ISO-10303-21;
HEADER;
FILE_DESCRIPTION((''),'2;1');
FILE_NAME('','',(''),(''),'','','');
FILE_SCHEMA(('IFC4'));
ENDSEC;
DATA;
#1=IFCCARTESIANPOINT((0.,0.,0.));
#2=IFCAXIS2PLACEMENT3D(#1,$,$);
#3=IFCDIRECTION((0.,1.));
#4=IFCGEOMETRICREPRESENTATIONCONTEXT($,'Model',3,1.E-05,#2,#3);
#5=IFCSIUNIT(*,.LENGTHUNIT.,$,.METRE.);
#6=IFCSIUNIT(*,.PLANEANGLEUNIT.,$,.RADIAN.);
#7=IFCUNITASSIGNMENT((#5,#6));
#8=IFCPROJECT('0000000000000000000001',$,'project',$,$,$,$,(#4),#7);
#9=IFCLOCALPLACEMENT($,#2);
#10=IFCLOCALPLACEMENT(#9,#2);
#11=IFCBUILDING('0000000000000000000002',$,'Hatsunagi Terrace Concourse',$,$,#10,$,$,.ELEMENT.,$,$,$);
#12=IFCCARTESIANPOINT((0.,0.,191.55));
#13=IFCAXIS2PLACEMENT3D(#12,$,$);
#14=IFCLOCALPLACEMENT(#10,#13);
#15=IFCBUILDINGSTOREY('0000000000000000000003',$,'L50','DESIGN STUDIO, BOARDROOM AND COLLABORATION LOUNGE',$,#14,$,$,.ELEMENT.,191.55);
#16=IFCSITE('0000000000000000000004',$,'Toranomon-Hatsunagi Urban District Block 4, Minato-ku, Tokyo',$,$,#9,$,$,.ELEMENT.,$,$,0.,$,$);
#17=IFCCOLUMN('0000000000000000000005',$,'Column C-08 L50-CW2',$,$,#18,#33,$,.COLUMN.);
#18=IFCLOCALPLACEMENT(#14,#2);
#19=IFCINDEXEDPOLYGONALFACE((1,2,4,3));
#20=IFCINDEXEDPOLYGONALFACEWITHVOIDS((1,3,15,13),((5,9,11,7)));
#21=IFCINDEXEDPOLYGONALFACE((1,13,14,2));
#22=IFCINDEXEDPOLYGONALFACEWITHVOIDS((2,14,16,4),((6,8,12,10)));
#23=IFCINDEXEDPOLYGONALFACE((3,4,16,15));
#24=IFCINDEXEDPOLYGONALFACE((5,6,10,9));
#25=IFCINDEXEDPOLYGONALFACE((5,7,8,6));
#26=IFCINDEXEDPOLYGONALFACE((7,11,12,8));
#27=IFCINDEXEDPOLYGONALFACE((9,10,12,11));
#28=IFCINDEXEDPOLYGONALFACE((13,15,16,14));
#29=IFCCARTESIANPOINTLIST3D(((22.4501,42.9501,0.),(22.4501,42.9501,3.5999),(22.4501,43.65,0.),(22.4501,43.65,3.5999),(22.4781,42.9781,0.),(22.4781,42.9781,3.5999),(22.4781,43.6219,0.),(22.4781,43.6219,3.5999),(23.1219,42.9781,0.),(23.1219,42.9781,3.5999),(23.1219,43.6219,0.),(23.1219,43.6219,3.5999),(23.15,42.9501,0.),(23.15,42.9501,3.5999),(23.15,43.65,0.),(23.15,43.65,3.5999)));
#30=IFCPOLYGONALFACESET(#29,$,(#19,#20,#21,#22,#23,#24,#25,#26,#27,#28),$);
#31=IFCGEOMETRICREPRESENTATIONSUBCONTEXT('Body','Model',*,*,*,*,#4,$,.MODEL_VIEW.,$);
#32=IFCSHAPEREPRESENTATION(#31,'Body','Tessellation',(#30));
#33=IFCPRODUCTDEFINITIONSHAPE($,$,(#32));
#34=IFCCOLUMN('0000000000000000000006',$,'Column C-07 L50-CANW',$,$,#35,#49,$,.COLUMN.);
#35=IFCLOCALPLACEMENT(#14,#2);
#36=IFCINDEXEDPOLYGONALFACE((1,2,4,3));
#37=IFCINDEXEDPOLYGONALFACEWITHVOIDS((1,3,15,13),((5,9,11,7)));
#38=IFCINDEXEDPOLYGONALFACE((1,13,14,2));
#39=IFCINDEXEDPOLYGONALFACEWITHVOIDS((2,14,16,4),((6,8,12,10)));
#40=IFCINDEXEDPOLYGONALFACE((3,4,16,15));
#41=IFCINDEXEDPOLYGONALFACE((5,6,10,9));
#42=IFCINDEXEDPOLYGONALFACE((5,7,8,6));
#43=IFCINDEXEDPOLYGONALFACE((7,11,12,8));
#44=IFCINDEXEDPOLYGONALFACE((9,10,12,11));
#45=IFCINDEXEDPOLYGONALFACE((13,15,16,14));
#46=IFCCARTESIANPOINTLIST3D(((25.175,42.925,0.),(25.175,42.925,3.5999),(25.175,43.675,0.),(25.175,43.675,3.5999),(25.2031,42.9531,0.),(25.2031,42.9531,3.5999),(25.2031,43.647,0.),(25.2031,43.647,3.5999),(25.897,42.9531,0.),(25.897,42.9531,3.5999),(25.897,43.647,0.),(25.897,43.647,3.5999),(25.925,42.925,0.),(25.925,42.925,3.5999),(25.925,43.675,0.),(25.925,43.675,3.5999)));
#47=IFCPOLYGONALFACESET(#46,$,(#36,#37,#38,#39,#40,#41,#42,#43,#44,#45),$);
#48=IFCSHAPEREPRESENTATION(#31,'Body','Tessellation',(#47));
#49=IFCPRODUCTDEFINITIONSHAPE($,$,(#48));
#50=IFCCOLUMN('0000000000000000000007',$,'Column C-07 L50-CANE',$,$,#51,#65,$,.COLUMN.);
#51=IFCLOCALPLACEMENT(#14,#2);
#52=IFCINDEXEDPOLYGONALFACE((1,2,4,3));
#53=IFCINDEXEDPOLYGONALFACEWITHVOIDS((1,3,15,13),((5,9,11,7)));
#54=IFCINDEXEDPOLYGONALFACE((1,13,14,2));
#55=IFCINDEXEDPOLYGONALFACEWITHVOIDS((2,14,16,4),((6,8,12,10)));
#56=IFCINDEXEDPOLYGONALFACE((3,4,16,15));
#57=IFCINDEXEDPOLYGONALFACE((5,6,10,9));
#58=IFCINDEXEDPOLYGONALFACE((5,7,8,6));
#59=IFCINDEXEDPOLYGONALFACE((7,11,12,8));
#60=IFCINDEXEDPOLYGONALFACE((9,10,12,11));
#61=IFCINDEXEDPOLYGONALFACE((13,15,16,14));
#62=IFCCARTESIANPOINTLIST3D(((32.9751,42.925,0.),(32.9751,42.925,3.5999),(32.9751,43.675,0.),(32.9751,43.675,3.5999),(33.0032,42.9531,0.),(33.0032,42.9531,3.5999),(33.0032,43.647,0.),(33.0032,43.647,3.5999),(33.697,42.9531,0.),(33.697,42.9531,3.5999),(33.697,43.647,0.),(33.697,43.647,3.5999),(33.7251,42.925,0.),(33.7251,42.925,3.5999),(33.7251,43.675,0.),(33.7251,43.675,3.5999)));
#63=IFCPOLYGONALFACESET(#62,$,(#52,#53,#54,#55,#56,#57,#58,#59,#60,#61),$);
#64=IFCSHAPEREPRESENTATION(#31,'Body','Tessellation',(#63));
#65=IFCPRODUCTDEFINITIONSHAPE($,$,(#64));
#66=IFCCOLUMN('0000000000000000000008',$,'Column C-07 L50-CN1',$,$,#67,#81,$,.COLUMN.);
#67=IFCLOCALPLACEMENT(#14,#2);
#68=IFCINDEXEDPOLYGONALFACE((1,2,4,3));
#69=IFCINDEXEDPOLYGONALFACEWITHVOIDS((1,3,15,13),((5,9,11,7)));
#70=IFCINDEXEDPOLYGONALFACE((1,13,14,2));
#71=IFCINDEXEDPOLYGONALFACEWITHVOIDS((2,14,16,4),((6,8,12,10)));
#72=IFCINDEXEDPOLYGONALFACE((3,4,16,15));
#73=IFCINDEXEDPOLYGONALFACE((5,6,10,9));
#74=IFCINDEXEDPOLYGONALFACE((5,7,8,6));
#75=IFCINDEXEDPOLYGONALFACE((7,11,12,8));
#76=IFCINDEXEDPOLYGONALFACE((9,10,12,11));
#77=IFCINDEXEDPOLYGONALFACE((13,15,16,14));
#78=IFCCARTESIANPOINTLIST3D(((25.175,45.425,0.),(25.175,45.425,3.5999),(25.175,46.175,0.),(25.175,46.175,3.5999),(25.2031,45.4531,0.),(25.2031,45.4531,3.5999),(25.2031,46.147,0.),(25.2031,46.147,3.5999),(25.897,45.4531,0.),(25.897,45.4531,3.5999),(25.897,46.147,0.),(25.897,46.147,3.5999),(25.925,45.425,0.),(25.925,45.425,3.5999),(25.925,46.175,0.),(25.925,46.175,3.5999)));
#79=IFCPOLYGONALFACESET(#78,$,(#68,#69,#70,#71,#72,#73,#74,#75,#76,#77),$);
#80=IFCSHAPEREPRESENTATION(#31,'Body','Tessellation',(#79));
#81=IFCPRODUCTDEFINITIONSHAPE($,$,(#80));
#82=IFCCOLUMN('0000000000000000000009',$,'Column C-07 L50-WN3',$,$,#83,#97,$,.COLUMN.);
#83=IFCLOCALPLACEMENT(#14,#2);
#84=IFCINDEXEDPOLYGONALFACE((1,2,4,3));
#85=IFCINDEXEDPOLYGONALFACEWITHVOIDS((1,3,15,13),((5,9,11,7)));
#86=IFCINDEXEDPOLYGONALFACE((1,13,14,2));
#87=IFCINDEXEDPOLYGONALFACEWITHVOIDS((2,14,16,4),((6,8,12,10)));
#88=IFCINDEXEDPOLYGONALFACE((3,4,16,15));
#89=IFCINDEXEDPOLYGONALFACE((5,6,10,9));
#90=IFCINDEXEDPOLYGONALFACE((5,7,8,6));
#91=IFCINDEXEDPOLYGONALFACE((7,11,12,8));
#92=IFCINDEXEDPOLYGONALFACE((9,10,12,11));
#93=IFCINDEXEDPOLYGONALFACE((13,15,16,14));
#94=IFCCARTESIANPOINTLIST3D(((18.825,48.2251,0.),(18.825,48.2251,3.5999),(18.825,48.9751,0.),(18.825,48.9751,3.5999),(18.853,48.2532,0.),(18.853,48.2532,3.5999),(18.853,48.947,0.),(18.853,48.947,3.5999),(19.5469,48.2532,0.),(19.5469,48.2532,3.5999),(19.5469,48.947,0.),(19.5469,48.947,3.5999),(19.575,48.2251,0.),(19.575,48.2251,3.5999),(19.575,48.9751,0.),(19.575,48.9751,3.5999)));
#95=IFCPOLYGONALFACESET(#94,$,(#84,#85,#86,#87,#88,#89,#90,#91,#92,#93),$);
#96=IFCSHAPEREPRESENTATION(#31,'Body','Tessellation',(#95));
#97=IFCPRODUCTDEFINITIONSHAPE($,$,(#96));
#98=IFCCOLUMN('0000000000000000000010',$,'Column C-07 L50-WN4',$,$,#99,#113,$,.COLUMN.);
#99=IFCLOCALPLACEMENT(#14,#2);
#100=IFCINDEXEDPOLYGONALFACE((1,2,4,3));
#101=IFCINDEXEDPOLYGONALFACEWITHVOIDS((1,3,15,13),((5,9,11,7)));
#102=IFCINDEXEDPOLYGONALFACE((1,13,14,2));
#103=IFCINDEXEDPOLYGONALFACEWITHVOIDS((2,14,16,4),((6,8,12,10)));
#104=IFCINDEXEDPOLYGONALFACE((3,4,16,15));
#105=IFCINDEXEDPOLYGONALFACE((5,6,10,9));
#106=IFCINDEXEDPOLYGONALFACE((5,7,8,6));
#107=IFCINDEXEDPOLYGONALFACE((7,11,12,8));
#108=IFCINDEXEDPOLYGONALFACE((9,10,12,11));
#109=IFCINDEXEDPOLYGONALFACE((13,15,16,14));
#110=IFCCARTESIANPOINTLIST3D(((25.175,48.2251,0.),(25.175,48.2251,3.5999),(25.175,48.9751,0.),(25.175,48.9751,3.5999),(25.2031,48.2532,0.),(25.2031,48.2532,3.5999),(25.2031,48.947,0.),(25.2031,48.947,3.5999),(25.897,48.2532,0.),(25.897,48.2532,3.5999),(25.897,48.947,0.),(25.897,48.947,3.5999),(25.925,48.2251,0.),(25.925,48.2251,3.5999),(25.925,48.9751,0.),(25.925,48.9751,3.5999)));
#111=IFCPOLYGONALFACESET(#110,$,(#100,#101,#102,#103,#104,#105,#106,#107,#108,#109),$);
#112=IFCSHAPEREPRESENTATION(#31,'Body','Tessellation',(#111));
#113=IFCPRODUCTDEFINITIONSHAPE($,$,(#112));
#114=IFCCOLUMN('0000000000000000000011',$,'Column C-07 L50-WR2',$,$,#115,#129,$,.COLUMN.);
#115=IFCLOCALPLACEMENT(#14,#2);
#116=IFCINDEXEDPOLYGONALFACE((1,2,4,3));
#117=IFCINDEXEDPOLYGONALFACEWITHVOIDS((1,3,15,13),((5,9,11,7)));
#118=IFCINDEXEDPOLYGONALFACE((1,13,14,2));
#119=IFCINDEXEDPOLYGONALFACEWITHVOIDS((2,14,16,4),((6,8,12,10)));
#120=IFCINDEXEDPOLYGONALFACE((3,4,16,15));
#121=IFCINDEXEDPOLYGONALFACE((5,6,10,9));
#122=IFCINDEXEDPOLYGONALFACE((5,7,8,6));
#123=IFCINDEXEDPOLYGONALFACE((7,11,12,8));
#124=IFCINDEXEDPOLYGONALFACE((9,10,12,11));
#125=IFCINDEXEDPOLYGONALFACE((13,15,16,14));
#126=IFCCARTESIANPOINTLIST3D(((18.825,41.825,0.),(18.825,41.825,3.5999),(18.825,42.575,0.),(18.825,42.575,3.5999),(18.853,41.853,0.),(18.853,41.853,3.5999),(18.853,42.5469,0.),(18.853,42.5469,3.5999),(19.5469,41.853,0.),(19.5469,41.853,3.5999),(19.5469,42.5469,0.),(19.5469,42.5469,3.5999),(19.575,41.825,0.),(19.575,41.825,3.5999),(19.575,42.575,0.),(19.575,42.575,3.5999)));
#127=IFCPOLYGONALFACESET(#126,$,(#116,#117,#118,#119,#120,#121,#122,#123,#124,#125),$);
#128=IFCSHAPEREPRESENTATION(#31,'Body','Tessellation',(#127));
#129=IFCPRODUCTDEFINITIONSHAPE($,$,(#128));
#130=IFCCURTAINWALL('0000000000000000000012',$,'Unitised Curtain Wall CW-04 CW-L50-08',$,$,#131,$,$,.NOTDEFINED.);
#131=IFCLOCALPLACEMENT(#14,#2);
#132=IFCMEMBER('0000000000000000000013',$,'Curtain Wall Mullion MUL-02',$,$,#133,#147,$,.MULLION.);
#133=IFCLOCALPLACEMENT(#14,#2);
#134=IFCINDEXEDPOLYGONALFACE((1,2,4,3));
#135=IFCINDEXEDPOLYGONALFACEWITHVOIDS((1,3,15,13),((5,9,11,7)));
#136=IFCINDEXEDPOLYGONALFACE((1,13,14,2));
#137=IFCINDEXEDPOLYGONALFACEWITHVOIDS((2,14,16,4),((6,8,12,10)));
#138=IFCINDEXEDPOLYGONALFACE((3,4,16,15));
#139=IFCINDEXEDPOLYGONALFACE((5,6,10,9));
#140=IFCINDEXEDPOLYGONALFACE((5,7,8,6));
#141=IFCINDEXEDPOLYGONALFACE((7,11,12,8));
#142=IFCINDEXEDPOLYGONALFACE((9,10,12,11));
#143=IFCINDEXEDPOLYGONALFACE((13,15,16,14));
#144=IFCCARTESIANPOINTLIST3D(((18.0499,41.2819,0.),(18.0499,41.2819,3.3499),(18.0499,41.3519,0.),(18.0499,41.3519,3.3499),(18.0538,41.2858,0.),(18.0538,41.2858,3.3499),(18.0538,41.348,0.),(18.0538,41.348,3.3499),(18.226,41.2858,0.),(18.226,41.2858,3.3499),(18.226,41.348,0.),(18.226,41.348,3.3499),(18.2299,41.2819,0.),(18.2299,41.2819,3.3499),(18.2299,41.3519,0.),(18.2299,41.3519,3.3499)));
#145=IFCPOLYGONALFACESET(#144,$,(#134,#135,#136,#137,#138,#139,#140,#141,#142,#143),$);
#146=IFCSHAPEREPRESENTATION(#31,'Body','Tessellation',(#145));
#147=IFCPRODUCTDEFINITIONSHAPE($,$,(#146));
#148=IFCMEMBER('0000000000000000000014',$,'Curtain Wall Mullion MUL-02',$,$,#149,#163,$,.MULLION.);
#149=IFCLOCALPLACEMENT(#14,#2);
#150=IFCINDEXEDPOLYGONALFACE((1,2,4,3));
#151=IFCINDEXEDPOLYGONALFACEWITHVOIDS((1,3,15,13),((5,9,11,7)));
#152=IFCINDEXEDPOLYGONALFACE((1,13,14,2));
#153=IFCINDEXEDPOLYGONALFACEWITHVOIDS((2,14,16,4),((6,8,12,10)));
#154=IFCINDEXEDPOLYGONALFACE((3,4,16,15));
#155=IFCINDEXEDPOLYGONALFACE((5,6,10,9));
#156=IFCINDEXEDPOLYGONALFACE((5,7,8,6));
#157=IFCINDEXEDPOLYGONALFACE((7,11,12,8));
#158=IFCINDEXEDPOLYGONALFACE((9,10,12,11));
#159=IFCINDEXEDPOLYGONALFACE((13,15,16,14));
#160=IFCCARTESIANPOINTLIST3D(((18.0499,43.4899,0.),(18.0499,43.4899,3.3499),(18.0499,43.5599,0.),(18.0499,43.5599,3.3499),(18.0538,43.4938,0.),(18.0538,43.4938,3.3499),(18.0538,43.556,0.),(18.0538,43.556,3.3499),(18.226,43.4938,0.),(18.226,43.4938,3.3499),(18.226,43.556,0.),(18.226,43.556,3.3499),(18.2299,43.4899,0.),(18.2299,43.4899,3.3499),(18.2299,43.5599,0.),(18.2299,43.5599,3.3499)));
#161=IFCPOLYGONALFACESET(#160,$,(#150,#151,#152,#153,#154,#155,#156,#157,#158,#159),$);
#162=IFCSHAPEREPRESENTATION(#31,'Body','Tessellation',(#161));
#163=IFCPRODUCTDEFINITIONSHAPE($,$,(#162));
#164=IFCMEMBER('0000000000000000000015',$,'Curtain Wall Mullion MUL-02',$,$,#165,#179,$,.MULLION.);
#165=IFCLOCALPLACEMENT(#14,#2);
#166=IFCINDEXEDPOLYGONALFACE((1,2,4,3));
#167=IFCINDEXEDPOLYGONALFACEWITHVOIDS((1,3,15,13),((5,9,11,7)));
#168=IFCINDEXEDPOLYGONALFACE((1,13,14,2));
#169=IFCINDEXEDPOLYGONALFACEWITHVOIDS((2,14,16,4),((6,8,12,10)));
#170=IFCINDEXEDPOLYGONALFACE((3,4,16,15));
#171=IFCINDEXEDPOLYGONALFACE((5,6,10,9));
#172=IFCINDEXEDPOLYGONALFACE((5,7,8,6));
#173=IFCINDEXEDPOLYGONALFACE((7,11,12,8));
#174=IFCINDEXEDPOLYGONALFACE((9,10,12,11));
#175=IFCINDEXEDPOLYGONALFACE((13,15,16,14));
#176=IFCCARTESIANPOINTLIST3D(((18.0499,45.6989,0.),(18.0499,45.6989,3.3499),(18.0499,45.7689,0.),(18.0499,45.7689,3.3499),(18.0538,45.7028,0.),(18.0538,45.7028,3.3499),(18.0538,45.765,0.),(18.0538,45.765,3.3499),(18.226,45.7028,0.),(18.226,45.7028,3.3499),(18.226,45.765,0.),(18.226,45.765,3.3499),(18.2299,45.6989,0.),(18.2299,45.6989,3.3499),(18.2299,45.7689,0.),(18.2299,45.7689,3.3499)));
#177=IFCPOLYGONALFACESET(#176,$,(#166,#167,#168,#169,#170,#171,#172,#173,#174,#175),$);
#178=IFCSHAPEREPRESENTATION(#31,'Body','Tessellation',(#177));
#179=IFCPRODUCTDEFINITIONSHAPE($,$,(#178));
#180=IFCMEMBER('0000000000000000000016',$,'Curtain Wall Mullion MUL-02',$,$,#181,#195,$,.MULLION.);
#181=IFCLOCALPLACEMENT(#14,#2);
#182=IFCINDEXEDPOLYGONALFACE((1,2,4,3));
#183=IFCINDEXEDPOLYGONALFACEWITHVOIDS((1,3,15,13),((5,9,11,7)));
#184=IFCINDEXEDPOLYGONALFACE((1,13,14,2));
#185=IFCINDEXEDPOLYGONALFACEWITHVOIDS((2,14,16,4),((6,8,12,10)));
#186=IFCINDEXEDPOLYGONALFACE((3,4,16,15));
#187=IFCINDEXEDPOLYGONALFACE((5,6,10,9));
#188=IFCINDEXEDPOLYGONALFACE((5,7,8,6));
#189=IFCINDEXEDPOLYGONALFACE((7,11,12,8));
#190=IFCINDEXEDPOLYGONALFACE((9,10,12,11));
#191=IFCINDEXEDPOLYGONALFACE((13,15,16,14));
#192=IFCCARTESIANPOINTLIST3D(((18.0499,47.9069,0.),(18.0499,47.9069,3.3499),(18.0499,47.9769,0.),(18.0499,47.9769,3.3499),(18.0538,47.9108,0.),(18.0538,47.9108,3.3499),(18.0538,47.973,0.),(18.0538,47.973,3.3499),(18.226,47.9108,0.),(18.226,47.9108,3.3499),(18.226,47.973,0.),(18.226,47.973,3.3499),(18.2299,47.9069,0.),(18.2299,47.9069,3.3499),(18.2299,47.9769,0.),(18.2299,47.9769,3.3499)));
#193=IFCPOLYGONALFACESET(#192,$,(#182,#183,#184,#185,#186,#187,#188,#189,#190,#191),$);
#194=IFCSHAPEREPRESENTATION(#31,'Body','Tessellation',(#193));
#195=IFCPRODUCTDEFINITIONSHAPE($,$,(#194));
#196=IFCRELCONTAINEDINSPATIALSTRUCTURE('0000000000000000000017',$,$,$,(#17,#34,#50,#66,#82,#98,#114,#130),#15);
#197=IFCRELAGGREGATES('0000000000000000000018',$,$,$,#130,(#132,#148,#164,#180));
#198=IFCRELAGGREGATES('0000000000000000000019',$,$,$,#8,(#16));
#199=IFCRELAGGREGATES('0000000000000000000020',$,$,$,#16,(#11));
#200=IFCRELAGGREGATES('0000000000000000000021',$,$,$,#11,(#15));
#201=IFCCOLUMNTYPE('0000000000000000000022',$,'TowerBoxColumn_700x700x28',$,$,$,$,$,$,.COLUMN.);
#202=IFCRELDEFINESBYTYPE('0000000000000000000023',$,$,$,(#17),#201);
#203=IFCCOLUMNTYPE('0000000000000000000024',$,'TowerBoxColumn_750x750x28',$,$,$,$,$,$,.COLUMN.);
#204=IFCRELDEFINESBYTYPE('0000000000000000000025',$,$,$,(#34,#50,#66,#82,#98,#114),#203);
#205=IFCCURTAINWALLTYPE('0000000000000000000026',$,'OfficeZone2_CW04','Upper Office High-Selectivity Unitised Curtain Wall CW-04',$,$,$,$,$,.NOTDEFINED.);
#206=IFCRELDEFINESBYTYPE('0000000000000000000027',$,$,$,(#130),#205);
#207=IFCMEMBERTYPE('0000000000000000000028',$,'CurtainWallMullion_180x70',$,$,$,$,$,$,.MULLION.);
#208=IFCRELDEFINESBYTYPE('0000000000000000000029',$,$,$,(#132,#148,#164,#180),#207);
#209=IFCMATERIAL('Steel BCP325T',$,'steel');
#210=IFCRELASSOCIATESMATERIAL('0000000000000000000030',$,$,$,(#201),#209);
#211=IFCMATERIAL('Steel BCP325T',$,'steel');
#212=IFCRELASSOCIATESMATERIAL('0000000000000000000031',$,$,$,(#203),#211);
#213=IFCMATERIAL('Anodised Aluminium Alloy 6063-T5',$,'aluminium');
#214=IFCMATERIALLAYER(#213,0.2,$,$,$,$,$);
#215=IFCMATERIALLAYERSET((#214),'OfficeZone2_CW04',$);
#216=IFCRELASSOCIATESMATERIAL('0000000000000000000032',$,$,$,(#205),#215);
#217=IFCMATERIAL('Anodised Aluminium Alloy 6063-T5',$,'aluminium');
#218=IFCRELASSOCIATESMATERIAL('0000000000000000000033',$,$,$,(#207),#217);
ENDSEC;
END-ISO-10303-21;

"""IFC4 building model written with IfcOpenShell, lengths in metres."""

from ifc_helpers import new_model, si_unit, direction, frame, origin, origin_2d, place, context, subcontext, project, spatial, hollow_rectangle, extrude, material, layer, layer_set, material_profile, profile_set, type_object, element, aggregate, save


model = new_model("IFC4")

# Units and contexts
model_context = context("Model", 3, precision=1e-05, world=origin(), true_north=direction((0.0, 1.0)))
body_context = subcontext(model_context, "Body", "Model", "MODEL_VIEW")
ifc_project = project(units=[si_unit("LENGTHUNIT", "METRE"), si_unit("PLANEANGLEUNIT", "RADIAN")], contexts=[model_context])

# Site, building, storey
site_placement = place(None, origin())
site = spatial("IfcSite", under=ifc_project, at=site_placement, Name="Toranomon-Hatsunagi Urban District Block 4, Minato-ku, Tokyo", CompositionType="ELEMENT", RefElevation=0.0)
building_placement = place(site_placement, origin())
building = spatial("IfcBuilding", under=site, at=building_placement, Name="Hatsunagi Terrace Concourse", CompositionType="ELEMENT")
storey_placement = place(building_placement, frame((0.0, 0.0, 191.55)))
storey = spatial("IfcBuildingStorey", under=building, at=storey_placement, Name="L50", Description="DESIGN STUDIO, BOARDROOM AND COLLABORATION LOUNGE", CompositionType="ELEMENT", Elevation=191.55)

# Columns
ifc_material_1 = material(Name="Steel BCP325T", Category="steel")
ifc_material_profile_1 = material_profile(ifc_material_1, hollow_rectangle(XDim=0.7, YDim=0.7, WallThickness=0.0281, at=origin_2d()), Name="BCP-700x700x28")
ifc_profile_set_1 = profile_set([ifc_material_profile_1], Name="Steel BCP325T")
column_type_1 = type_object("IfcColumnType", Name="TowerBoxColumn_700x700x28", PredefinedType="COLUMN", material=ifc_profile_set_1)
column_placement = place(storey_placement, frame((22.8, 43.3, 0.0), z_axis=(0.0, 0.0, 1.0), x_axis=(1.0, 0.0, 0.0)))
element("IfcColumn", 1, at=column_placement, inside=storey, type_object=column_type_1, Name="Column C-08 L50-CW2", PredefinedType="COLUMN", context=body_context, shape_type="SweptSolid", body=[
    extrude(hollow_rectangle(XDim=0.7, YDim=0.7, WallThickness=0.0281, at=origin_2d()), origin(), (0.0, 0.0, 1.0), 3.5999),
])
ifc_material_2 = material(Name="Steel BCP325T", Category="steel")
ifc_material_profile_2 = material_profile(ifc_material_2, hollow_rectangle(XDim=0.75, YDim=0.75, WallThickness=0.0281, at=origin_2d()), Name="BCP-750x750x28")
ifc_profile_set_2 = profile_set([ifc_material_profile_2], Name="Steel BCP325T")
column_type_2 = type_object("IfcColumnType", Name="TowerBoxColumn_750x750x28", PredefinedType="COLUMN", material=ifc_profile_set_2)
for number, where, z_axis, x_axis, name in (
    (2, (25.55, 43.3, 0.0), (0.0, 0.0, 1.0), (1.0, 0.0, 0.0), "Column C-07 L50-CANW"),
    (3, (33.3501, 43.3, 0.0), (0.0, 0.0, 1.0), (1.0, 0.0, 0.0), "Column C-07 L50-CANE"),
    (4, (25.55, 45.8, 0.0), (0.0, 0.0, 1.0), (1.0, 0.0, 0.0), "Column C-07 L50-CN1"),
    (5, (19.2, 48.6001, 0.0), (0.0, 0.0, 1.0), (1.0, 0.0, 0.0), "Column C-07 L50-WN3"),
    (6, (25.55, 48.6001, 0.0), (0.0, 0.0, 1.0), (1.0, 0.0, 0.0), "Column C-07 L50-WN4"),
    (7, (19.2, 42.2, 0.0), (0.0, 0.0, 1.0), (1.0, 0.0, 0.0), "Column C-07 L50-WR2"),
):
    element("IfcColumn", number, at=place(storey_placement, frame(where, z_axis=z_axis, x_axis=x_axis)), inside=storey, type_object=column_type_2, Name=name, PredefinedType="COLUMN", context=body_context, shape_type="SweptSolid", body=[
        extrude(hollow_rectangle(XDim=0.75, YDim=0.75, WallThickness=0.0281, at=origin_2d()), origin(), (0.0, 0.0, 1.0), 3.5999),
    ])

# Curtain wall, members
ifc_material_3 = material(Name="Anodised Aluminium Alloy 6063-T5", Category="aluminium")
ifc_layer_1 = layer(ifc_material_3, 0.2)
ifc_layer_set_1 = layer_set([ifc_layer_1], Name="OfficeZone2_CW04")
curtain_wall_type = type_object("IfcCurtainWallType", Name="OfficeZone2_CW04", Description="Upper Office High-Selectivity Unitised Curtain Wall CW-04", PredefinedType="NOTDEFINED", material=ifc_layer_set_1)
curtain_wall_placement = place(storey_placement, origin())
curtain_wall = element("IfcCurtainWall", 8, at=curtain_wall_placement, inside=storey, type_object=curtain_wall_type, Name="Unitised Curtain Wall CW-04 CW-L50-08", PredefinedType="NOTDEFINED")
ifc_material_4 = material(Name="Anodised Aluminium Alloy 6063-T5", Category="aluminium")
ifc_material_profile_3 = material_profile(ifc_material_4, hollow_rectangle(XDim=0.0701, YDim=0.1799, WallThickness=0.0039, at=origin_2d()), Name="ALU-MUL-180x70x4")
ifc_profile_set_3 = profile_set([ifc_material_profile_3], Name="Anodised Aluminium Alloy 6063-T5")
member_type = type_object("IfcMemberType", Name="CurtainWallMullion_180x70", PredefinedType="MULLION", material=ifc_profile_set_3)
member_1_placement = place(storey_placement, frame((18.1399, 41.3169, 0.0), z_axis=(0.0, 0.0, 1.0), x_axis=(0.0, 1.0, 0.0)))
member_1 = element("IfcMember", 9, at=member_1_placement, type_object=member_type, Name="Curtain Wall Mullion MUL-02", PredefinedType="MULLION", context=body_context, shape_type="SweptSolid", body=[
    extrude(hollow_rectangle(XDim=0.0701, YDim=0.1799, WallThickness=0.0039, at=origin_2d()), origin(), (0.0, 0.0, 1.0), 3.3499),
])
member_2_placement = place(storey_placement, frame((18.1399, 43.5249, 0.0), z_axis=(0.0, 0.0, 1.0), x_axis=(0.0, 1.0, 0.0)))
member_2 = element("IfcMember", 10, at=member_2_placement, type_object=member_type, Name="Curtain Wall Mullion MUL-02", PredefinedType="MULLION", context=body_context, shape_type="SweptSolid", body=[
    extrude(hollow_rectangle(XDim=0.0701, YDim=0.1799, WallThickness=0.0039, at=origin_2d()), origin(), (0.0, 0.0, 1.0), 3.3499),
])
member_3_placement = place(storey_placement, frame((18.1399, 45.7339, 0.0), z_axis=(0.0, 0.0, 1.0), x_axis=(0.0, 1.0, 0.0)))
member_3 = element("IfcMember", 11, at=member_3_placement, type_object=member_type, Name="Curtain Wall Mullion MUL-02", PredefinedType="MULLION", context=body_context, shape_type="SweptSolid", body=[
    extrude(hollow_rectangle(XDim=0.0701, YDim=0.1799, WallThickness=0.0039, at=origin_2d()), origin(), (0.0, 0.0, 1.0), 3.3499),
])
member_4_placement = place(storey_placement, frame((18.1399, 47.9419, 0.0), z_axis=(0.0, 0.0, 1.0), x_axis=(0.0, 1.0, 0.0)))
member_4 = element("IfcMember", 12, at=member_4_placement, type_object=member_type, Name="Curtain Wall Mullion MUL-02", PredefinedType="MULLION", context=body_context, shape_type="SweptSolid", body=[
    extrude(hollow_rectangle(XDim=0.0701, YDim=0.1799, WallThickness=0.0039, at=origin_2d()), origin(), (0.0, 0.0, 1.0), 3.3499),
])

aggregate(curtain_wall, [member_1, member_2, member_3, member_4])

save(model, "model.ifc")
